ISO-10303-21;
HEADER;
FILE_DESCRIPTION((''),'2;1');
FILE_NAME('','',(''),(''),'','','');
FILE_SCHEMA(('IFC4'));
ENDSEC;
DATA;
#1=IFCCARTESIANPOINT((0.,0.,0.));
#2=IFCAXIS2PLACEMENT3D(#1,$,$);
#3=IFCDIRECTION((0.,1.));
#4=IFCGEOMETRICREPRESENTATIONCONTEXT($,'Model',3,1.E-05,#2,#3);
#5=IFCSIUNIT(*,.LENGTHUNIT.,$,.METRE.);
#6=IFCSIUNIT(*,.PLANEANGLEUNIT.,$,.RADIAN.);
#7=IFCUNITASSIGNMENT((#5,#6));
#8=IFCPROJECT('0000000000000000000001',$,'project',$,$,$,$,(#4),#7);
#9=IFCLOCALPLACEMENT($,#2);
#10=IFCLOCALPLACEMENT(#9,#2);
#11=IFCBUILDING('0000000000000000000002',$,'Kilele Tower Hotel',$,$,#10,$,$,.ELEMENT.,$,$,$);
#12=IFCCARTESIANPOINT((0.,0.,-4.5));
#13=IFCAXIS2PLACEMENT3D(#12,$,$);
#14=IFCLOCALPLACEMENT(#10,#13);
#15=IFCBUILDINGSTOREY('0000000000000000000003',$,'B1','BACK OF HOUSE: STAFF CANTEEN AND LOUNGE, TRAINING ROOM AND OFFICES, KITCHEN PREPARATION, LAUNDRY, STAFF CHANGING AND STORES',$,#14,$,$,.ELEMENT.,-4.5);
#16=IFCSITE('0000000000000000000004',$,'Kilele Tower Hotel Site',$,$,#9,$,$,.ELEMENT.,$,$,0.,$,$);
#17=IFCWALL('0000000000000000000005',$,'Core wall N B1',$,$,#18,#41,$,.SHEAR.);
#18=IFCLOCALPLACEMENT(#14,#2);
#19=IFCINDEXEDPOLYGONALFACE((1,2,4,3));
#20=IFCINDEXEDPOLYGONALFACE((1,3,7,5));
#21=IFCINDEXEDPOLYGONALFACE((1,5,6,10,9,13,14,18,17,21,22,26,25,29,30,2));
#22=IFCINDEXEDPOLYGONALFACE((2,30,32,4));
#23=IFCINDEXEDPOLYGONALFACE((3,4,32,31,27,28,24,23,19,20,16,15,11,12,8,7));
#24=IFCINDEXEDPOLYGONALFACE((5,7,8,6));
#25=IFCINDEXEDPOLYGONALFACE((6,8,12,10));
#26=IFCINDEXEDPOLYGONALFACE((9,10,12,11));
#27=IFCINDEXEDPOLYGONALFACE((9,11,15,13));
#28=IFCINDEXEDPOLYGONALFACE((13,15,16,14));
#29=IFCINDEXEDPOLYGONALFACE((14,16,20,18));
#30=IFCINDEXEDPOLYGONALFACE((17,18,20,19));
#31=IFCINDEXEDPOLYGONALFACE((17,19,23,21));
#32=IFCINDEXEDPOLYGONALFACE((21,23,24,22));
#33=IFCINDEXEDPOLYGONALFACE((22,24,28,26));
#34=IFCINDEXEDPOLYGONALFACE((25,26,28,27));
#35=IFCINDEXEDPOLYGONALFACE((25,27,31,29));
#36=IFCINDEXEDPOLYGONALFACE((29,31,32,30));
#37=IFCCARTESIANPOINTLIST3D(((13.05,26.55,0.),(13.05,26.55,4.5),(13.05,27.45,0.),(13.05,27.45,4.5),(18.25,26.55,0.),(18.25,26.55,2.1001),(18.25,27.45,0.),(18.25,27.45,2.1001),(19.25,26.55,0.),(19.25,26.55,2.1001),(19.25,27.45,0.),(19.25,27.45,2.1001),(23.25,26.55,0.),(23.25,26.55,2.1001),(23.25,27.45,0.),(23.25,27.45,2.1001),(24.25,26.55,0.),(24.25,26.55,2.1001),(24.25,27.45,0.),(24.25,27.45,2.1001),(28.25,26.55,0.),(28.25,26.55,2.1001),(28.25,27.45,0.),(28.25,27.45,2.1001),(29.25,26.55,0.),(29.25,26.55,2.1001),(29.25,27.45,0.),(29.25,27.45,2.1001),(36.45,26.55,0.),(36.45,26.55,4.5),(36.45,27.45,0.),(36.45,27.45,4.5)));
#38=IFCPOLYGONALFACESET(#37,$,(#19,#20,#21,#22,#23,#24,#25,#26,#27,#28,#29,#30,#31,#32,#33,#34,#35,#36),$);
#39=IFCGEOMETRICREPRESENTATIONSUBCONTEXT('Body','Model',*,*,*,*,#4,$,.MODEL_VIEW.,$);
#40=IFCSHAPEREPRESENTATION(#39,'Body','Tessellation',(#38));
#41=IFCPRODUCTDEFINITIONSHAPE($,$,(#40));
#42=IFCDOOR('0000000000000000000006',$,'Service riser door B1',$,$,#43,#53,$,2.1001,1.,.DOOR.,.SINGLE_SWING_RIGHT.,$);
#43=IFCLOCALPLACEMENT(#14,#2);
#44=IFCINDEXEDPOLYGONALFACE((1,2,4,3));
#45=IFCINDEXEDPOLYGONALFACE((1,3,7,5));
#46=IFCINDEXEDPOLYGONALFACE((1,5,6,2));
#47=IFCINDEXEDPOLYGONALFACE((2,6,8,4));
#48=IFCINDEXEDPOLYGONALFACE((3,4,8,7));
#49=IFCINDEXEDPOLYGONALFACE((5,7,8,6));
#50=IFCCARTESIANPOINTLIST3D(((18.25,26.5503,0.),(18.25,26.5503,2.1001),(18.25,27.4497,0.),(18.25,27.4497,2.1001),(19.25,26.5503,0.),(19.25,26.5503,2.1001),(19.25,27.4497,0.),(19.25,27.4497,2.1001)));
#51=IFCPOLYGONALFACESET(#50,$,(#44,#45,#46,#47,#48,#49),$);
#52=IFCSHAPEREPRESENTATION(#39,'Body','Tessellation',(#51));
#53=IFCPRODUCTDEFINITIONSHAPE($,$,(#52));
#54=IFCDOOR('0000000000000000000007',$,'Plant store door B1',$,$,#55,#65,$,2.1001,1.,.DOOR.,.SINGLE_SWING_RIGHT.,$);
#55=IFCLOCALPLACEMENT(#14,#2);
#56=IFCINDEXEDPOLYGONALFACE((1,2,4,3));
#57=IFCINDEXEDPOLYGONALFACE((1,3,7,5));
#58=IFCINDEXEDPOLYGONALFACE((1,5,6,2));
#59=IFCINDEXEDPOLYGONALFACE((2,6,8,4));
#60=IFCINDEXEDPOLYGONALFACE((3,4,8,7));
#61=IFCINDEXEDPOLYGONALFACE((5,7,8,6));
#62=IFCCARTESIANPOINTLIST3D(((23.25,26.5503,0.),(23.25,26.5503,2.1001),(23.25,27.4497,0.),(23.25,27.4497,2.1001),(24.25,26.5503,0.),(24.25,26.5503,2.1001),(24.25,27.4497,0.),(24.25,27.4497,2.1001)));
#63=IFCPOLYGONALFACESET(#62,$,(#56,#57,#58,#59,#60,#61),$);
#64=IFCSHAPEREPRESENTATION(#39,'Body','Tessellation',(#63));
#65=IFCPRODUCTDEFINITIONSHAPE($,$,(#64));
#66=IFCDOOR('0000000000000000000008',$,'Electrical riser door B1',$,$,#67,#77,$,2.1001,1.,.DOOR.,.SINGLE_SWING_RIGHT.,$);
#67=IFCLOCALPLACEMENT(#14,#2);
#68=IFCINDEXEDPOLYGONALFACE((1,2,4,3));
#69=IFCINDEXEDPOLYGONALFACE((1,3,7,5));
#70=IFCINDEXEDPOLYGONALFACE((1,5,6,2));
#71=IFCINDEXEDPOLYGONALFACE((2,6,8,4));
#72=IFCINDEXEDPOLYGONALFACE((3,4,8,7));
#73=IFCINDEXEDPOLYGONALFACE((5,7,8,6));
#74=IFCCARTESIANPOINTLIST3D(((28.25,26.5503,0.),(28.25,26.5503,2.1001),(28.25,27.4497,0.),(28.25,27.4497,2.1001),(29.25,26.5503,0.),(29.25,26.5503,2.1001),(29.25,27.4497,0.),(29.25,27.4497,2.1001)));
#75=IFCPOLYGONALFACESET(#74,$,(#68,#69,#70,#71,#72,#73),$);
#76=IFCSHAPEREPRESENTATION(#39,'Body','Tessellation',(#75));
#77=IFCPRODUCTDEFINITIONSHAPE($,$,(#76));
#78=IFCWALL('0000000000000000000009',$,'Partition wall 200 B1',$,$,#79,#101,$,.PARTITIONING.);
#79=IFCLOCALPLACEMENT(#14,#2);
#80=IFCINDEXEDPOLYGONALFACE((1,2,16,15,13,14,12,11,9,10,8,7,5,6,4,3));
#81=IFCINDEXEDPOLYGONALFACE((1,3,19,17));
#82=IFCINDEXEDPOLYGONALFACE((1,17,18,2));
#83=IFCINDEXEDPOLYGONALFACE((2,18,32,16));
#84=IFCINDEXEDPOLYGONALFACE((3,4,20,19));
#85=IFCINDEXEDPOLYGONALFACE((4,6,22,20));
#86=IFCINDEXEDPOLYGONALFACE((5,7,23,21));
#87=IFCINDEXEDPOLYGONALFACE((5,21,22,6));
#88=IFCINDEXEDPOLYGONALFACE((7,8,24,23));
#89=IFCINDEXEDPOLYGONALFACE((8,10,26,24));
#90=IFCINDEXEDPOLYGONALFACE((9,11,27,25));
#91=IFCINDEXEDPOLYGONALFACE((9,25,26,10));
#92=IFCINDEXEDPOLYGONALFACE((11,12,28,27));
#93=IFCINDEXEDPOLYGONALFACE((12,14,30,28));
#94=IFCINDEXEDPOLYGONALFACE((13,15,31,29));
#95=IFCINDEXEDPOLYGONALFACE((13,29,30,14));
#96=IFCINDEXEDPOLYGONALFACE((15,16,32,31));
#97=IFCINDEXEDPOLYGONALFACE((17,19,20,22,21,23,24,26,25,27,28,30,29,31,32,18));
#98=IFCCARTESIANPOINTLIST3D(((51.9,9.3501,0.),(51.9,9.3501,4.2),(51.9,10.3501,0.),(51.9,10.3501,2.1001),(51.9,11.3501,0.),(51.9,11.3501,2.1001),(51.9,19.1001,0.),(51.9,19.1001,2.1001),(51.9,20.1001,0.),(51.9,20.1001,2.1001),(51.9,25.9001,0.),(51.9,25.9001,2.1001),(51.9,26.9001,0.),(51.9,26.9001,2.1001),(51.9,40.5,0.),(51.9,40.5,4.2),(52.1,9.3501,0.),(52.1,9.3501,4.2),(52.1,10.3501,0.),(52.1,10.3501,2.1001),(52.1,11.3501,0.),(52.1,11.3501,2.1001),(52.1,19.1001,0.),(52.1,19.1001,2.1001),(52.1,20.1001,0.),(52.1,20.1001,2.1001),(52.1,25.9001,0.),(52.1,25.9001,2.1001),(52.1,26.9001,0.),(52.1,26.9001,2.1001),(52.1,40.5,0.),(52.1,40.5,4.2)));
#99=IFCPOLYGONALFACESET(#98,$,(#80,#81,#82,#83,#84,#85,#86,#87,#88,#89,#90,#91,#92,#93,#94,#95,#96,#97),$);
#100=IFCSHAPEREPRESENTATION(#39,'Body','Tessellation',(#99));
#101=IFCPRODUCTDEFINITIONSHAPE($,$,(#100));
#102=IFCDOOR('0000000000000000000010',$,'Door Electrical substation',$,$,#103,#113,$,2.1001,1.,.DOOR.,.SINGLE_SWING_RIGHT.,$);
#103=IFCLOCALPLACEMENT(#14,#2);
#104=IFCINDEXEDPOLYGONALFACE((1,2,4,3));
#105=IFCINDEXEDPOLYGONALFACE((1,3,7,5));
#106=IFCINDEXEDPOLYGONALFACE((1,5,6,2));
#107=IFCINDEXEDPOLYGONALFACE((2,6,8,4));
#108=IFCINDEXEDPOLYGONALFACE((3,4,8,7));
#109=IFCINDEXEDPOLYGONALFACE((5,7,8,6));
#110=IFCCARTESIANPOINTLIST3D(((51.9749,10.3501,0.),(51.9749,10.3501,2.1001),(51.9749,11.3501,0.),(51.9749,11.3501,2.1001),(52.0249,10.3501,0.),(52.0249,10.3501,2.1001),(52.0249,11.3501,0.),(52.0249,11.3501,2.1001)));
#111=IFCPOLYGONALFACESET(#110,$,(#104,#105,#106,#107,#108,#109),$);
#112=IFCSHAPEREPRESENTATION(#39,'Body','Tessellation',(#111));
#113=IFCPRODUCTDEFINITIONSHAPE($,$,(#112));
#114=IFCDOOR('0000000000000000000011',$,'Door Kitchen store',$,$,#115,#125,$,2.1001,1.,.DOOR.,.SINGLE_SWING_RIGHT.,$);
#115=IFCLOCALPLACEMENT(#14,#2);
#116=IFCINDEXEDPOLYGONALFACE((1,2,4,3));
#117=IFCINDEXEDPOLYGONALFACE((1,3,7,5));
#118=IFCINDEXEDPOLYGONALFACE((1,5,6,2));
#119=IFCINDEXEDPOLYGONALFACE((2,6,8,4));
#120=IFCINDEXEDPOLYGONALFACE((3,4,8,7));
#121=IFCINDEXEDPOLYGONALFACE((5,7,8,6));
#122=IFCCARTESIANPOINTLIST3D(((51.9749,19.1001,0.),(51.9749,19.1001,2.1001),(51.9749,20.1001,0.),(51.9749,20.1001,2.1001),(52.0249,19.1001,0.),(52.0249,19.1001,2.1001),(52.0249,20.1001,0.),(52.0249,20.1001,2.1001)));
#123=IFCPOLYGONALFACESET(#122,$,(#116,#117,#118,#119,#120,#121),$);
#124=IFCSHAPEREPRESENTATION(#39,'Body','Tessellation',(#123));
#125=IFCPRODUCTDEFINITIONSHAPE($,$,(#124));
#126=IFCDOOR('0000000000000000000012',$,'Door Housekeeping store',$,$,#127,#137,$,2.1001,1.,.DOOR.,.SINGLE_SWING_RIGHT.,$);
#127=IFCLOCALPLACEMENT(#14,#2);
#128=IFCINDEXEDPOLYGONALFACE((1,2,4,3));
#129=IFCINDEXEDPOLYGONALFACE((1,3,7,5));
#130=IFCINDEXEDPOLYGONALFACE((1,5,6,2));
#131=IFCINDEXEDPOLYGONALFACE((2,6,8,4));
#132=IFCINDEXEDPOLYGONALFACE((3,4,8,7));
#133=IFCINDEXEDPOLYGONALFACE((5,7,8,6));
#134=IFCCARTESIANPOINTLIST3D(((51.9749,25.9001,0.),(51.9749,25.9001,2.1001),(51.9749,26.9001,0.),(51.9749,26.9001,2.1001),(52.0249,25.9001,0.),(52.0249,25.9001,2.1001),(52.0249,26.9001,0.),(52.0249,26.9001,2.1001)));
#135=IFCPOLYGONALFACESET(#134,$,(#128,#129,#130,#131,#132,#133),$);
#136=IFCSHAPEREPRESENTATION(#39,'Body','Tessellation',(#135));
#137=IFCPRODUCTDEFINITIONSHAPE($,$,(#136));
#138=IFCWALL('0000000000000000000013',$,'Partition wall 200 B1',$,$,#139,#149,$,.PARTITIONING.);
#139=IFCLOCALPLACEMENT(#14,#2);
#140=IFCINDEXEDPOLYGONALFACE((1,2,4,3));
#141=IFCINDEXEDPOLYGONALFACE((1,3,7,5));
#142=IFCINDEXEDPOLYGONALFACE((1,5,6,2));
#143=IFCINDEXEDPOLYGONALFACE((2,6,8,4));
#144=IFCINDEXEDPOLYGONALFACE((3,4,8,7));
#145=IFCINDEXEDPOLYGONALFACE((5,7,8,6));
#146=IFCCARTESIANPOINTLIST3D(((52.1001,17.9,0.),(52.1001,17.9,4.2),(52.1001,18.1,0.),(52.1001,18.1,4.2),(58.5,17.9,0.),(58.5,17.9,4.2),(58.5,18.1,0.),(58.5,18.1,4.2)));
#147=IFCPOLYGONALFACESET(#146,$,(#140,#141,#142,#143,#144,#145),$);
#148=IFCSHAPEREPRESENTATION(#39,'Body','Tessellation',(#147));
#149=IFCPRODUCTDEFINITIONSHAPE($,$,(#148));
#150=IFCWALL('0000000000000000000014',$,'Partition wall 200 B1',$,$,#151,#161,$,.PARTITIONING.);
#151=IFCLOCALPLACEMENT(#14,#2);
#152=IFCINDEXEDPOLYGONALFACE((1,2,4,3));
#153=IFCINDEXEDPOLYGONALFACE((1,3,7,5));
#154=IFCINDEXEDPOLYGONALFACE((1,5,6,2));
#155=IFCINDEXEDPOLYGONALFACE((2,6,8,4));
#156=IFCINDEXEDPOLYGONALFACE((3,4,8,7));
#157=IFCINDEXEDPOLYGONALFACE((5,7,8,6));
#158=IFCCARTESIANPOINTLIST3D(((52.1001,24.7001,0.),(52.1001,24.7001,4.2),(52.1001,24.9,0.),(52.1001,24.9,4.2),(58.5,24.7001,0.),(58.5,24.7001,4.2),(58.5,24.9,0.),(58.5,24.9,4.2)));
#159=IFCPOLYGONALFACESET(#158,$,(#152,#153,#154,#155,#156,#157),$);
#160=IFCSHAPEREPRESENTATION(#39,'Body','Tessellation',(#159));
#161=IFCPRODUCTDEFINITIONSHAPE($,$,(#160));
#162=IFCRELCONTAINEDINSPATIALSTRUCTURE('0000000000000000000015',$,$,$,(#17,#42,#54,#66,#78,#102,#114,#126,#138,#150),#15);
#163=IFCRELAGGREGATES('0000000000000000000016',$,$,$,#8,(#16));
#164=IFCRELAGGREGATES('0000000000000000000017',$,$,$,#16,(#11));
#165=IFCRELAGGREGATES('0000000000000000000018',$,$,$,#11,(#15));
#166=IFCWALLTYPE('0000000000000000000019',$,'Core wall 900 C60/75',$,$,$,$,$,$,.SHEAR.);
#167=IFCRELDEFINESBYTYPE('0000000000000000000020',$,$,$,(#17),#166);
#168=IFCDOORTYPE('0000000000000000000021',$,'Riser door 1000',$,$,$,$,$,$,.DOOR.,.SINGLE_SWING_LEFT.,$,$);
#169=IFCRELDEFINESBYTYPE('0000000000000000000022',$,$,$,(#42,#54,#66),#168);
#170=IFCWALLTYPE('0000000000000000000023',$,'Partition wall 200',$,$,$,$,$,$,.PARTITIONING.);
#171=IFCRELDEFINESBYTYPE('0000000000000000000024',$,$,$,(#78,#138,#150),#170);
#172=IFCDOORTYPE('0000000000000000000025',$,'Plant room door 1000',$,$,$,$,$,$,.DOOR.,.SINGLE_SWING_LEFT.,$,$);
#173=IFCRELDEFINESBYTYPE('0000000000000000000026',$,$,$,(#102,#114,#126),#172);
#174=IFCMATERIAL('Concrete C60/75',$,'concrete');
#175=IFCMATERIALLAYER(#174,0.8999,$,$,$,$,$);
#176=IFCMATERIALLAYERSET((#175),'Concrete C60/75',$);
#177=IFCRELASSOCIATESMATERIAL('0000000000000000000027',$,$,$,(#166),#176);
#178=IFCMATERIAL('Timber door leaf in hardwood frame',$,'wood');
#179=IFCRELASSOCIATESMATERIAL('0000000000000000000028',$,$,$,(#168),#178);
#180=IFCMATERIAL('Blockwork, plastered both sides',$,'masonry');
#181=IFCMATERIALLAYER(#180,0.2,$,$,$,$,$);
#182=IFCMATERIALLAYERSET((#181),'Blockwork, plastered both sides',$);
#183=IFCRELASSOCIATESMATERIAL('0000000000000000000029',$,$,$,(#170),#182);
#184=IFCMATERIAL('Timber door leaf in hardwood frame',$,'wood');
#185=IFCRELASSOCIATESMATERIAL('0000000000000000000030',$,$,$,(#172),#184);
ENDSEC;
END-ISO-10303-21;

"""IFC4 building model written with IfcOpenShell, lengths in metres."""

from ifc_helpers import new_model, si_unit, direction, frame, frame_2d, origin, place, context, subcontext, project, spatial, rectangle, extrude, material, layer, layer_set, type_object, element, fill, save


model = new_model("IFC4")

# Units and contexts
model_context = context("Model", 3, precision=1e-05, world=origin(), true_north=direction((0.0, 1.0)))
body_context = subcontext(model_context, "Body", "Model", "MODEL_VIEW")
ifc_project = project(units=[si_unit("LENGTHUNIT", "METRE"), si_unit("PLANEANGLEUNIT", "RADIAN")], contexts=[model_context])

# Site, building, storey
site_placement = place(None, origin())
site = spatial("IfcSite", under=ifc_project, at=site_placement, Name="Kilele Tower Hotel Site", CompositionType="ELEMENT", RefElevation=0.0)
building_placement = place(site_placement, origin())
building = spatial("IfcBuilding", under=site, at=building_placement, Name="Kilele Tower Hotel", CompositionType="ELEMENT")
storey_placement = place(building_placement, frame((0.0, 0.0, -4.5)))
storey = spatial("IfcBuildingStorey", under=building, at=storey_placement, Name="B1", Description="BACK OF HOUSE: STAFF CANTEEN AND LOUNGE, TRAINING ROOM AND OFFICES, KITCHEN PREPARATION, LAUNDRY, STAFF CHANGING AND STORES", CompositionType="ELEMENT", Elevation=-4.5)

# Walls, openings, doors
ifc_material_1 = material(Name="Concrete C60/75", Category="concrete")
ifc_layer_1 = layer(ifc_material_1, 0.8999)
ifc_layer_set_1 = layer_set([ifc_layer_1], Name="Concrete C60/75")
wall_type_1 = type_object("IfcWallType", Name="Core wall 900 C60/75", PredefinedType="SHEAR", material=ifc_layer_set_1)
wall_1_placement = place(storey_placement, frame((36.45, 27.0, 0.0), z_axis=(0.0, 0.0, 1.0), x_axis=(-1.0, 0.0, 0.0)))
wall_1 = element("IfcWall", 1, at=wall_1_placement, inside=storey, type_object=wall_type_1, Name="Core wall N B1", PredefinedType="SHEAR", context=body_context, shape_type="SweptSolid", body=[
    extrude(rectangle(XDim=23.3999, YDim=0.8999, at=frame_2d((11.7, 0.0))), origin(), (0.0, 0.0, 1.0), 4.5),
])
opening_1_placement = place(wall_1_placement, frame((17.2, 0.0, 0.0)))
opening_1 = element("IfcOpeningElement", 2, at=opening_1_placement, cuts=wall_1, PredefinedType="OPENING", context=body_context, shape_type="SweptSolid", body=[
    extrude(rectangle(XDim=1.0, YDim=2.1001, at=frame_2d((0.5, 1.05))), frame((0.0, 0.46, 0.0), z_axis=(0.0, -1.0, 0.0), x_axis=(1.0, 0.0, 0.0)), (0.0, 0.0, 1.0), 0.9199),
])
opening_2_placement = place(wall_1_placement, frame((12.2, 0.0, 0.0)))
opening_2 = element("IfcOpeningElement", 3, at=opening_2_placement, cuts=wall_1, PredefinedType="OPENING", context=body_context, shape_type="SweptSolid", body=[
    extrude(rectangle(XDim=1.0, YDim=2.1001, at=frame_2d((0.5, 1.05))), frame((0.0, 0.46, 0.0), z_axis=(0.0, -1.0, 0.0), x_axis=(1.0, 0.0, 0.0)), (0.0, 0.0, 1.0), 0.9199),
])
opening_3_placement = place(wall_1_placement, frame((7.2, 0.0, 0.0)))
opening_3 = element("IfcOpeningElement", 4, at=opening_3_placement, cuts=wall_1, PredefinedType="OPENING", context=body_context, shape_type="SweptSolid", body=[
    extrude(rectangle(XDim=1.0, YDim=2.1001, at=frame_2d((0.5, 1.05))), frame((0.0, 0.46, 0.0), z_axis=(0.0, -1.0, 0.0), x_axis=(1.0, 0.0, 0.0)), (0.0, 0.0, 1.0), 0.9199),
])
ifc_material_2 = material(Name="Timber door leaf in hardwood frame", Category="wood")
door_type_1 = type_object("IfcDoorType", Name="Riser door 1000", OperationType="SINGLE_SWING_LEFT", PredefinedType="DOOR", material=ifc_material_2)
door_1_placement = place(opening_1_placement, origin())
door_1 = element("IfcDoor", 5, at=door_1_placement, inside=storey, type_object=door_type_1, Name="Service riser door B1", OperationType="SINGLE_SWING_RIGHT", OverallHeight=2.1001, OverallWidth=1.0, PredefinedType="DOOR", context=body_context, shape_type="SweptSolid", body=[
    extrude(rectangle(XDim=1.0, YDim=2.1001, at=frame_2d((0.5, 1.05))), frame((0.0, 0.4497, 0.0), z_axis=(0.0, -1.0, 0.0), x_axis=(1.0, 0.0, 0.0)), (0.0, 0.0, 1.0), 0.8994),
])
fill(opening_1, door_1)
door_2_placement = place(opening_2_placement, origin())
door_2 = element("IfcDoor", 6, at=door_2_placement, inside=storey, type_object=door_type_1, Name="Plant store door B1", OperationType="SINGLE_SWING_RIGHT", OverallHeight=2.1001, OverallWidth=1.0, PredefinedType="DOOR", context=body_context, shape_type="SweptSolid", body=[
    extrude(rectangle(XDim=1.0, YDim=2.1001, at=frame_2d((0.5, 1.05))), frame((0.0, 0.4497, 0.0), z_axis=(0.0, -1.0, 0.0), x_axis=(1.0, 0.0, 0.0)), (0.0, 0.0, 1.0), 0.8994),
])
fill(opening_2, door_2)
door_3_placement = place(opening_3_placement, origin())
door_3 = element("IfcDoor", 7, at=door_3_placement, inside=storey, type_object=door_type_1, Name="Electrical riser door B1", OperationType="SINGLE_SWING_RIGHT", OverallHeight=2.1001, OverallWidth=1.0, PredefinedType="DOOR", context=body_context, shape_type="SweptSolid", body=[
    extrude(rectangle(XDim=1.0, YDim=2.1001, at=frame_2d((0.5, 1.05))), frame((0.0, 0.4497, 0.0), z_axis=(0.0, -1.0, 0.0), x_axis=(1.0, 0.0, 0.0)), (0.0, 0.0, 1.0), 0.8994),
])
fill(opening_3, door_3)
ifc_material_3 = material(Name="Blockwork, plastered both sides", Category="masonry")
ifc_layer_2 = layer(ifc_material_3, 0.2)
ifc_layer_set_2 = layer_set([ifc_layer_2], Name="Blockwork, plastered both sides")
wall_type_2 = type_object("IfcWallType", Name="Partition wall 200", PredefinedType="PARTITIONING", material=ifc_layer_set_2)
wall_2_placement = place(storey_placement, frame((52.0, 9.3501, 0.0), z_axis=(0.0, 0.0, 1.0), x_axis=(0.0, 1.0, 0.0)))
wall_2 = element("IfcWall", 8, at=wall_2_placement, inside=storey, type_object=wall_type_2, Name="Partition wall 200 B1", PredefinedType="PARTITIONING", context=body_context, shape_type="SweptSolid", body=[
    extrude(rectangle(XDim=31.1499, YDim=0.2, at=frame_2d((15.575, 0.0))), origin(), (0.0, 0.0, 1.0), 4.2),
])
opening_4_placement = place(wall_2_placement, frame((2.0, 0.0, 0.0), z_axis=(0.0, 0.0, 1.0), x_axis=(-1.0, 0.0, 0.0)))
opening_4 = element("IfcOpeningElement", 9, at=opening_4_placement, cuts=wall_2, PredefinedType="OPENING", context=body_context, shape_type="SweptSolid", body=[
    extrude(rectangle(XDim=1.0, YDim=2.1001, at=frame_2d((0.5, 1.05))), frame((0.0, 0.1099, 0.0), z_axis=(0.0, -1.0, 0.0), x_axis=(1.0, 0.0, 0.0)), (0.0, 0.0, 1.0), 0.22),
])
opening_5_placement = place(wall_2_placement, frame((10.75, 0.0, 0.0), z_axis=(0.0, 0.0, 1.0), x_axis=(-1.0, 0.0, 0.0)))
opening_5 = element("IfcOpeningElement", 10, at=opening_5_placement, cuts=wall_2, PredefinedType="OPENING", context=body_context, shape_type="SweptSolid", body=[
    extrude(rectangle(XDim=1.0, YDim=2.1001, at=frame_2d((0.5, 1.05))), frame((0.0, 0.1099, 0.0), z_axis=(0.0, -1.0, 0.0), x_axis=(1.0, 0.0, 0.0)), (0.0, 0.0, 1.0), 0.22),
])
opening_6_placement = place(wall_2_placement, frame((17.55, 0.0, 0.0), z_axis=(0.0, 0.0, 1.0), x_axis=(-1.0, 0.0, 0.0)))
opening_6 = element("IfcOpeningElement", 11, at=opening_6_placement, cuts=wall_2, PredefinedType="OPENING", context=body_context, shape_type="SweptSolid", body=[
    extrude(rectangle(XDim=1.0, YDim=2.1001, at=frame_2d((0.5, 1.05))), frame((0.0, 0.1099, 0.0), z_axis=(0.0, -1.0, 0.0), x_axis=(1.0, 0.0, 0.0)), (0.0, 0.0, 1.0), 0.22),
])
ifc_material_4 = material(Name="Timber door leaf in hardwood frame", Category="wood")
door_type_2 = type_object("IfcDoorType", Name="Plant room door 1000", OperationType="SINGLE_SWING_LEFT", PredefinedType="DOOR", material=ifc_material_4)
door_4_placement = place(opening_4_placement, origin())
door_4 = element("IfcDoor", 12, at=door_4_placement, inside=storey, type_object=door_type_2, Name="Door Electrical substation", OperationType="SINGLE_SWING_RIGHT", OverallHeight=2.1001, OverallWidth=1.0, PredefinedType="DOOR", context=body_context, shape_type="SweptSolid", body=[
    extrude(rectangle(XDim=1.0, YDim=2.1001, at=frame_2d((0.5, 1.05))), frame((0.0, 0.0249, 0.0), z_axis=(0.0, -1.0, 0.0), x_axis=(1.0, 0.0, 0.0)), (0.0, 0.0, 1.0), 0.05),
])
fill(opening_4, door_4)
door_5_placement = place(opening_5_placement, origin())
door_5 = element("IfcDoor", 13, at=door_5_placement, inside=storey, type_object=door_type_2, Name="Door Kitchen store", OperationType="SINGLE_SWING_RIGHT", OverallHeight=2.1001, OverallWidth=1.0, PredefinedType="DOOR", context=body_context, shape_type="SweptSolid", body=[
    extrude(rectangle(XDim=1.0, YDim=2.1001, at=frame_2d((0.5, 1.05))), frame((0.0, 0.0249, 0.0), z_axis=(0.0, -1.0, 0.0), x_axis=(1.0, 0.0, 0.0)), (0.0, 0.0, 1.0), 0.05),
])
fill(opening_5, door_5)
door_6_placement = place(opening_6_placement, origin())
door_6 = element("IfcDoor", 14, at=door_6_placement, inside=storey, type_object=door_type_2, Name="Door Housekeeping store", OperationType="SINGLE_SWING_RIGHT", OverallHeight=2.1001, OverallWidth=1.0, PredefinedType="DOOR", context=body_context, shape_type="SweptSolid", body=[
    extrude(rectangle(XDim=1.0, YDim=2.1001, at=frame_2d((0.5, 1.05))), frame((0.0, 0.0249, 0.0), z_axis=(0.0, -1.0, 0.0), x_axis=(1.0, 0.0, 0.0)), (0.0, 0.0, 1.0), 0.05),
])
fill(opening_6, door_6)

# Walls
for number, where, z_axis, x_axis, name in (
    (15, (52.1001, 18.0, 0.0), (0.0, 0.0, 1.0), (1.0, 0.0, 0.0), "Partition wall 200 B1"),
    (16, (52.1001, 24.8, 0.0), (0.0, 0.0, 1.0), (1.0, 0.0, 0.0), "Partition wall 200 B1"),
):
    element("IfcWall", number, at=place(storey_placement, frame(where, z_axis=z_axis, x_axis=x_axis)), inside=storey, type_object=wall_type_2, Name=name, PredefinedType="PARTITIONING", context=body_context, shape_type="SweptSolid", body=[
        extrude(rectangle(XDim=6.3999, YDim=0.2, at=frame_2d((3.2, 0.0))), origin(), (0.0, 0.0, 1.0), 4.2),
    ])

save(model, "model.ifc")
